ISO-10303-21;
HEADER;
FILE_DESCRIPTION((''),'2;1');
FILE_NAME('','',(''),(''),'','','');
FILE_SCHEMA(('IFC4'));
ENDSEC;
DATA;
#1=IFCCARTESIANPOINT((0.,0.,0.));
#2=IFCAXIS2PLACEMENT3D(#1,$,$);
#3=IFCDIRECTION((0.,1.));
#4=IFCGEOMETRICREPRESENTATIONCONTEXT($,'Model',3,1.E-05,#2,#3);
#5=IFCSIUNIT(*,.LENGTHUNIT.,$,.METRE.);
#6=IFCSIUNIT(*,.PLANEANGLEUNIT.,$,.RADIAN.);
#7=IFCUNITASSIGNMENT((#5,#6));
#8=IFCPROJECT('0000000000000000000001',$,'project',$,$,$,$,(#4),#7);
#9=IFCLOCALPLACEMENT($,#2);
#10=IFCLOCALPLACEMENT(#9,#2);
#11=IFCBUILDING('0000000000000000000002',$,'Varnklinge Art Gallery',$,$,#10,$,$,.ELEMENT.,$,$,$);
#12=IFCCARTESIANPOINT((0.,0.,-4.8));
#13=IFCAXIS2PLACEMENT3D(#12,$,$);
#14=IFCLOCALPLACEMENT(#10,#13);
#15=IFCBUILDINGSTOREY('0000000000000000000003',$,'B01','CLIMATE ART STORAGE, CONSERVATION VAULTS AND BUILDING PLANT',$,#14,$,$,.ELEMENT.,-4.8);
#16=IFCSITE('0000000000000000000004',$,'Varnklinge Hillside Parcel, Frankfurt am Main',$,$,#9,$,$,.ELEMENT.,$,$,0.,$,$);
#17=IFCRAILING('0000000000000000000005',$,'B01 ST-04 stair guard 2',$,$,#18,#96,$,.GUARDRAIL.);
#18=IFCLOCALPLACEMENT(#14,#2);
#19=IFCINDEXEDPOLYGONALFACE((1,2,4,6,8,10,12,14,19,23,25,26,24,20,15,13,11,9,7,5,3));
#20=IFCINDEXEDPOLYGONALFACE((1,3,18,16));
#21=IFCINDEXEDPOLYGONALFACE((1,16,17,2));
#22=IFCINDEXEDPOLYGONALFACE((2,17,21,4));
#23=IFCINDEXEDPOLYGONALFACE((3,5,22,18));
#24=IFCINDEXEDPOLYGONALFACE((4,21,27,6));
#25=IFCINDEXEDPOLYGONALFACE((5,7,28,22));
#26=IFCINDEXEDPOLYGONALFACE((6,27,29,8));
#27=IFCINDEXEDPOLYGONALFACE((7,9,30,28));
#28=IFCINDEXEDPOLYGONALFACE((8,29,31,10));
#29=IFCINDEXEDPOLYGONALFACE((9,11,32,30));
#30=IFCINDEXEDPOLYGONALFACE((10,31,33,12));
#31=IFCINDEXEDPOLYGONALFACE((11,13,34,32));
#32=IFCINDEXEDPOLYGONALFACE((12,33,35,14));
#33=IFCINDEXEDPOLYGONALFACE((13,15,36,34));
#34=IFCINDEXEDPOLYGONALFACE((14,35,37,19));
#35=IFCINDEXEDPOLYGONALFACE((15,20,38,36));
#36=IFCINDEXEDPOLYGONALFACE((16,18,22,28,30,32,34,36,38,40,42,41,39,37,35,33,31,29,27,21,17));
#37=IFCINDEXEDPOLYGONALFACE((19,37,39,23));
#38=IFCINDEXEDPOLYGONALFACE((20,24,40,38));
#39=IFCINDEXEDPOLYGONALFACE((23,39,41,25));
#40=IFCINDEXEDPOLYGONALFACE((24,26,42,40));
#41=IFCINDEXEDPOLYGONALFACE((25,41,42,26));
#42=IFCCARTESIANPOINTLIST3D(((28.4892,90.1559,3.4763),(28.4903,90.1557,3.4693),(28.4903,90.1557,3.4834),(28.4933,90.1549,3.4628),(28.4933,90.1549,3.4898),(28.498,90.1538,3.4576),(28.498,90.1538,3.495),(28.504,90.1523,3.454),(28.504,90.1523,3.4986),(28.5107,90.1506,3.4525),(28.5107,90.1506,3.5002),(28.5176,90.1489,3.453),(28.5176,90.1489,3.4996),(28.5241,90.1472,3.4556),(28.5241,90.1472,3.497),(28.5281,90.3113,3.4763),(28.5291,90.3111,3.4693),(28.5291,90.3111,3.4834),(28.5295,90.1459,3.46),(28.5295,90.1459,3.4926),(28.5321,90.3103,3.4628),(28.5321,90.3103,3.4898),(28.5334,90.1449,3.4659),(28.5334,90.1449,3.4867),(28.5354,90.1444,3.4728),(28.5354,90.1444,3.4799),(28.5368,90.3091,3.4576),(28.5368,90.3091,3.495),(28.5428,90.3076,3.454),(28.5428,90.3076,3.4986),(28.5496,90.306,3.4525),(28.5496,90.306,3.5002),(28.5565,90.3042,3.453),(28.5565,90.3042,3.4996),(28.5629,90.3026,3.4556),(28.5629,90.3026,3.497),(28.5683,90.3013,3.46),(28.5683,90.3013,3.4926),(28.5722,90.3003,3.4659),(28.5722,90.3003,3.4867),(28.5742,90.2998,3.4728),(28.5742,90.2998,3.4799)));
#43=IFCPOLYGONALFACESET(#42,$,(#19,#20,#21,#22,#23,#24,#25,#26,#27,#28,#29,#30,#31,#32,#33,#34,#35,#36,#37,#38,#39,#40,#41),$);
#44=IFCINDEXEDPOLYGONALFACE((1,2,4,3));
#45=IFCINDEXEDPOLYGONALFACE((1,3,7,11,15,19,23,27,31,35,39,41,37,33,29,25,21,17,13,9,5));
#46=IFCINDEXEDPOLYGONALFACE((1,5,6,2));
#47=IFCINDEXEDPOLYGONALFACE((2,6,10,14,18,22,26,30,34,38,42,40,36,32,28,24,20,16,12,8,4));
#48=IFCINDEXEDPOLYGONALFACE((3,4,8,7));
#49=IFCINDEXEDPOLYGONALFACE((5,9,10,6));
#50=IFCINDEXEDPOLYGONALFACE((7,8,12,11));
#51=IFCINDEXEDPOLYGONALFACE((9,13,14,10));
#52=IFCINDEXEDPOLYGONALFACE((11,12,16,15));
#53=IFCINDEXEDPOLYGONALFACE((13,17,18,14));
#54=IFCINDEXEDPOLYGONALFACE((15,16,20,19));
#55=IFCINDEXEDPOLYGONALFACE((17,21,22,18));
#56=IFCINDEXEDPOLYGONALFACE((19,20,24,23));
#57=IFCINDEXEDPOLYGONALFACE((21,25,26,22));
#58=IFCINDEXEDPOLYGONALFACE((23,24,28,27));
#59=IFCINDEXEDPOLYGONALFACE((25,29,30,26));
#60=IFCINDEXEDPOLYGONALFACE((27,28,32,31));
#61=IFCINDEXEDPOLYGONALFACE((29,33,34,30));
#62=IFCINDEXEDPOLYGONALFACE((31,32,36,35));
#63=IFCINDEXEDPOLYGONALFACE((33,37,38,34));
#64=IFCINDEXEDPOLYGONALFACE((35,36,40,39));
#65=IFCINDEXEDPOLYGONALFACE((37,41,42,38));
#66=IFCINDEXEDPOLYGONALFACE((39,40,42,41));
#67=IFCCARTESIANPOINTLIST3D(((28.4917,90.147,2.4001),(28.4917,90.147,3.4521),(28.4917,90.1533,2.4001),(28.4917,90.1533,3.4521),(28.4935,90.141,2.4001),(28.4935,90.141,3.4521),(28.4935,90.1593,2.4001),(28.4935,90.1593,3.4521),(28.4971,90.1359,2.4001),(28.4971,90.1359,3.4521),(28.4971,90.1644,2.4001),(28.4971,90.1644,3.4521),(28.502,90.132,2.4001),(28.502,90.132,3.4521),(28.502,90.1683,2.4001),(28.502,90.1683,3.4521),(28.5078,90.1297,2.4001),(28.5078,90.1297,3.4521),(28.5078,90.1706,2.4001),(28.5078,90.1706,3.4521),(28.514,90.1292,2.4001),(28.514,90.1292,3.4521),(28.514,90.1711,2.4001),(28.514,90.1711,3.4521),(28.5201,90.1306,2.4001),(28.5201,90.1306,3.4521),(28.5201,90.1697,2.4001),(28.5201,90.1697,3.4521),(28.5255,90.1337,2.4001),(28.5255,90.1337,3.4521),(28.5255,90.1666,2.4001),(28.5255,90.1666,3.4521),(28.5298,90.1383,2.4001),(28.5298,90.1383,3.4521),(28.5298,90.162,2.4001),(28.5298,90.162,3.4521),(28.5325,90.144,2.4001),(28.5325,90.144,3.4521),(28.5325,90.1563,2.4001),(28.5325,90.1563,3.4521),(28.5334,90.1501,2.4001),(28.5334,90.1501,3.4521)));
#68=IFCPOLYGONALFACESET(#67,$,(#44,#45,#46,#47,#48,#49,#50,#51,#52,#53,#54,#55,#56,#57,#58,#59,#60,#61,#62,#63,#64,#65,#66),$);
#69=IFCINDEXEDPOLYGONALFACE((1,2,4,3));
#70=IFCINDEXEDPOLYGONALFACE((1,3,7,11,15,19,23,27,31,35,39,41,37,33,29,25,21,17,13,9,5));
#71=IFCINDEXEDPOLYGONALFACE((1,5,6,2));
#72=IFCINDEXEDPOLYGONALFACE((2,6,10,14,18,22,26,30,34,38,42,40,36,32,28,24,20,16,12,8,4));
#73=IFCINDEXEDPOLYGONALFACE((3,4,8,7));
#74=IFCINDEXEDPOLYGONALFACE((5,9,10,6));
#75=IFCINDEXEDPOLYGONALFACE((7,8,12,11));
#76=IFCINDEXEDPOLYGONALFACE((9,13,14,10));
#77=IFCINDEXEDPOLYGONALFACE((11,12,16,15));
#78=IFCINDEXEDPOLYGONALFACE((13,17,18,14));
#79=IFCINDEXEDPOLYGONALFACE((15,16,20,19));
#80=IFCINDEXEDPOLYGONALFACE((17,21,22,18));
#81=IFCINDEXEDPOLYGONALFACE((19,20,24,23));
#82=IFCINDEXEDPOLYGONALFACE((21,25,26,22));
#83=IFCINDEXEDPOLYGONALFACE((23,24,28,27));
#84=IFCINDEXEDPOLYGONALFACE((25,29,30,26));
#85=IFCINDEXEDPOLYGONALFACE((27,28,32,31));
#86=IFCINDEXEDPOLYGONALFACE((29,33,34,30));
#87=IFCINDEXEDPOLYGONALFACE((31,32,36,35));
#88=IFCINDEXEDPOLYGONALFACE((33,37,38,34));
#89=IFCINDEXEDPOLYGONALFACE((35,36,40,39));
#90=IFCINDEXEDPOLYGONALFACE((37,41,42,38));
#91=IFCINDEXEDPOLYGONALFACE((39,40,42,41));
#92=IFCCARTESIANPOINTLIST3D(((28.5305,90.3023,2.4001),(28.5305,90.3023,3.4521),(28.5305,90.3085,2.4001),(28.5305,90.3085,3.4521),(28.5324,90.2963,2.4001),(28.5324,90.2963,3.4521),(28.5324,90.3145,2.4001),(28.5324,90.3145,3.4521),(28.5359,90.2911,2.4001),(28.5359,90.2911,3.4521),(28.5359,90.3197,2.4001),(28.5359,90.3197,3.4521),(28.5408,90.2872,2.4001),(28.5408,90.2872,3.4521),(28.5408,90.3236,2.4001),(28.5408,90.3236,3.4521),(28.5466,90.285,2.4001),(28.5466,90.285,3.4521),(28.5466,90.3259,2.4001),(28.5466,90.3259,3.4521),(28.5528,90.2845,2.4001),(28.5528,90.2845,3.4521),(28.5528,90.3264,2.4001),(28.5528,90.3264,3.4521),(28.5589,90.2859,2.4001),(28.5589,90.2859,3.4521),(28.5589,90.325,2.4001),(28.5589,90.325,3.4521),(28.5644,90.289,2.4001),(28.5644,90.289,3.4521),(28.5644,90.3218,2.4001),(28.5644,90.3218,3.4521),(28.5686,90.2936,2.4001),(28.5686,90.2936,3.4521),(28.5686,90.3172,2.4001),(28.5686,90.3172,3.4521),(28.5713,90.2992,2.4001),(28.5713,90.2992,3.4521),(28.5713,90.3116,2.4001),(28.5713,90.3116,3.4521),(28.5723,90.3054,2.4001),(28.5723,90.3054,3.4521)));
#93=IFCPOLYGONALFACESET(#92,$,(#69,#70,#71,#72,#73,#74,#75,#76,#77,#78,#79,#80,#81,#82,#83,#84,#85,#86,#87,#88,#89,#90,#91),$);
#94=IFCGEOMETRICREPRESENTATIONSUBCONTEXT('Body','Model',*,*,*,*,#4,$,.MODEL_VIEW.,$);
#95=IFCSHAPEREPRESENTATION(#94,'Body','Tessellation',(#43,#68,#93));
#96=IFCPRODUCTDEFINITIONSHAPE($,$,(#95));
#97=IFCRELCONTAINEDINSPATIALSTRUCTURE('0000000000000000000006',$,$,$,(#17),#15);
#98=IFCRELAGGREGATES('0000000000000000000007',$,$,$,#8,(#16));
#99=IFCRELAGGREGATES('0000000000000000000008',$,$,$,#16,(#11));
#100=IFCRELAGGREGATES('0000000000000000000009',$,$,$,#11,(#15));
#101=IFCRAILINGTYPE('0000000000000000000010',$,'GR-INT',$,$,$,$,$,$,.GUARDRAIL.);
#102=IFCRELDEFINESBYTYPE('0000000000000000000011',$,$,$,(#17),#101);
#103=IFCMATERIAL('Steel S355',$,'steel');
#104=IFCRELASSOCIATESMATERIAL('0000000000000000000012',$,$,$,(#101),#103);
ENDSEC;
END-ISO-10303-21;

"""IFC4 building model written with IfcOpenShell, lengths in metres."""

from ifc_helpers import new_model, si_unit, direction, frame, origin, origin_2d, place, context, subcontext, project, spatial, circle, extrude, material, type_object, element, save


model = new_model("IFC4")

# Units and contexts
model_context = context("Model", 3, precision=1e-05, world=origin(), true_north=direction((0.0, 1.0)))
body_context = subcontext(model_context, "Body", "Model", "MODEL_VIEW")
ifc_project = project(units=[si_unit("LENGTHUNIT", "METRE"), si_unit("PLANEANGLEUNIT", "RADIAN")], contexts=[model_context])

# Site, building, storey
site_placement = place(None, origin())
site = spatial("IfcSite", under=ifc_project, at=site_placement, Name="Varnklinge Hillside Parcel, Frankfurt am Main", CompositionType="ELEMENT", RefElevation=0.0)
building_placement = place(site_placement, origin())
building = spatial("IfcBuilding", under=site, at=building_placement, Name="Varnklinge Art Gallery", CompositionType="ELEMENT")
storey_placement = place(building_placement, frame((0.0, 0.0, -4.8)))
storey = spatial("IfcBuildingStorey", under=building, at=storey_placement, Name="B01", Description="CLIMATE ART STORAGE, CONSERVATION VAULTS AND BUILDING PLANT", CompositionType="ELEMENT", Elevation=-4.8)

# Railing
ifc_material_1 = material(Name="Steel S355", Category="steel")
railing_type_1 = type_object("IfcRailingType", Name="GR-INT", PredefinedType="GUARDRAIL", material=ifc_material_1)
railing_1_placement = place(storey_placement, frame((28.5125, 90.1501, 2.4001)))
element("IfcRailing", 1, at=railing_1_placement, inside=storey, type_object=railing_type_1, Name="B01 ST-04 stair guard 2", PredefinedType="GUARDRAIL", context=body_context, shape_type="SweptSolid", body=[
    extrude(circle(Radius=0.0239, at=origin_2d()), frame((0.0, 0.0, 1.0762), z_axis=(0.242536, 0.970143, 0.0), x_axis=(-0.970143, 0.242536, 0.0)), (0.0, 0.0, 1.0), 0.1602),
    extrude(circle(Radius=0.021, at=origin_2d()), origin(), (0.0, 0.0, 1.0), 1.052),
    extrude(circle(Radius=0.021, at=origin_2d()), frame((0.0388, 0.1553, 0.0)), (0.0, 0.0, 1.0), 1.052),
])

save(model, "model.ifc")
